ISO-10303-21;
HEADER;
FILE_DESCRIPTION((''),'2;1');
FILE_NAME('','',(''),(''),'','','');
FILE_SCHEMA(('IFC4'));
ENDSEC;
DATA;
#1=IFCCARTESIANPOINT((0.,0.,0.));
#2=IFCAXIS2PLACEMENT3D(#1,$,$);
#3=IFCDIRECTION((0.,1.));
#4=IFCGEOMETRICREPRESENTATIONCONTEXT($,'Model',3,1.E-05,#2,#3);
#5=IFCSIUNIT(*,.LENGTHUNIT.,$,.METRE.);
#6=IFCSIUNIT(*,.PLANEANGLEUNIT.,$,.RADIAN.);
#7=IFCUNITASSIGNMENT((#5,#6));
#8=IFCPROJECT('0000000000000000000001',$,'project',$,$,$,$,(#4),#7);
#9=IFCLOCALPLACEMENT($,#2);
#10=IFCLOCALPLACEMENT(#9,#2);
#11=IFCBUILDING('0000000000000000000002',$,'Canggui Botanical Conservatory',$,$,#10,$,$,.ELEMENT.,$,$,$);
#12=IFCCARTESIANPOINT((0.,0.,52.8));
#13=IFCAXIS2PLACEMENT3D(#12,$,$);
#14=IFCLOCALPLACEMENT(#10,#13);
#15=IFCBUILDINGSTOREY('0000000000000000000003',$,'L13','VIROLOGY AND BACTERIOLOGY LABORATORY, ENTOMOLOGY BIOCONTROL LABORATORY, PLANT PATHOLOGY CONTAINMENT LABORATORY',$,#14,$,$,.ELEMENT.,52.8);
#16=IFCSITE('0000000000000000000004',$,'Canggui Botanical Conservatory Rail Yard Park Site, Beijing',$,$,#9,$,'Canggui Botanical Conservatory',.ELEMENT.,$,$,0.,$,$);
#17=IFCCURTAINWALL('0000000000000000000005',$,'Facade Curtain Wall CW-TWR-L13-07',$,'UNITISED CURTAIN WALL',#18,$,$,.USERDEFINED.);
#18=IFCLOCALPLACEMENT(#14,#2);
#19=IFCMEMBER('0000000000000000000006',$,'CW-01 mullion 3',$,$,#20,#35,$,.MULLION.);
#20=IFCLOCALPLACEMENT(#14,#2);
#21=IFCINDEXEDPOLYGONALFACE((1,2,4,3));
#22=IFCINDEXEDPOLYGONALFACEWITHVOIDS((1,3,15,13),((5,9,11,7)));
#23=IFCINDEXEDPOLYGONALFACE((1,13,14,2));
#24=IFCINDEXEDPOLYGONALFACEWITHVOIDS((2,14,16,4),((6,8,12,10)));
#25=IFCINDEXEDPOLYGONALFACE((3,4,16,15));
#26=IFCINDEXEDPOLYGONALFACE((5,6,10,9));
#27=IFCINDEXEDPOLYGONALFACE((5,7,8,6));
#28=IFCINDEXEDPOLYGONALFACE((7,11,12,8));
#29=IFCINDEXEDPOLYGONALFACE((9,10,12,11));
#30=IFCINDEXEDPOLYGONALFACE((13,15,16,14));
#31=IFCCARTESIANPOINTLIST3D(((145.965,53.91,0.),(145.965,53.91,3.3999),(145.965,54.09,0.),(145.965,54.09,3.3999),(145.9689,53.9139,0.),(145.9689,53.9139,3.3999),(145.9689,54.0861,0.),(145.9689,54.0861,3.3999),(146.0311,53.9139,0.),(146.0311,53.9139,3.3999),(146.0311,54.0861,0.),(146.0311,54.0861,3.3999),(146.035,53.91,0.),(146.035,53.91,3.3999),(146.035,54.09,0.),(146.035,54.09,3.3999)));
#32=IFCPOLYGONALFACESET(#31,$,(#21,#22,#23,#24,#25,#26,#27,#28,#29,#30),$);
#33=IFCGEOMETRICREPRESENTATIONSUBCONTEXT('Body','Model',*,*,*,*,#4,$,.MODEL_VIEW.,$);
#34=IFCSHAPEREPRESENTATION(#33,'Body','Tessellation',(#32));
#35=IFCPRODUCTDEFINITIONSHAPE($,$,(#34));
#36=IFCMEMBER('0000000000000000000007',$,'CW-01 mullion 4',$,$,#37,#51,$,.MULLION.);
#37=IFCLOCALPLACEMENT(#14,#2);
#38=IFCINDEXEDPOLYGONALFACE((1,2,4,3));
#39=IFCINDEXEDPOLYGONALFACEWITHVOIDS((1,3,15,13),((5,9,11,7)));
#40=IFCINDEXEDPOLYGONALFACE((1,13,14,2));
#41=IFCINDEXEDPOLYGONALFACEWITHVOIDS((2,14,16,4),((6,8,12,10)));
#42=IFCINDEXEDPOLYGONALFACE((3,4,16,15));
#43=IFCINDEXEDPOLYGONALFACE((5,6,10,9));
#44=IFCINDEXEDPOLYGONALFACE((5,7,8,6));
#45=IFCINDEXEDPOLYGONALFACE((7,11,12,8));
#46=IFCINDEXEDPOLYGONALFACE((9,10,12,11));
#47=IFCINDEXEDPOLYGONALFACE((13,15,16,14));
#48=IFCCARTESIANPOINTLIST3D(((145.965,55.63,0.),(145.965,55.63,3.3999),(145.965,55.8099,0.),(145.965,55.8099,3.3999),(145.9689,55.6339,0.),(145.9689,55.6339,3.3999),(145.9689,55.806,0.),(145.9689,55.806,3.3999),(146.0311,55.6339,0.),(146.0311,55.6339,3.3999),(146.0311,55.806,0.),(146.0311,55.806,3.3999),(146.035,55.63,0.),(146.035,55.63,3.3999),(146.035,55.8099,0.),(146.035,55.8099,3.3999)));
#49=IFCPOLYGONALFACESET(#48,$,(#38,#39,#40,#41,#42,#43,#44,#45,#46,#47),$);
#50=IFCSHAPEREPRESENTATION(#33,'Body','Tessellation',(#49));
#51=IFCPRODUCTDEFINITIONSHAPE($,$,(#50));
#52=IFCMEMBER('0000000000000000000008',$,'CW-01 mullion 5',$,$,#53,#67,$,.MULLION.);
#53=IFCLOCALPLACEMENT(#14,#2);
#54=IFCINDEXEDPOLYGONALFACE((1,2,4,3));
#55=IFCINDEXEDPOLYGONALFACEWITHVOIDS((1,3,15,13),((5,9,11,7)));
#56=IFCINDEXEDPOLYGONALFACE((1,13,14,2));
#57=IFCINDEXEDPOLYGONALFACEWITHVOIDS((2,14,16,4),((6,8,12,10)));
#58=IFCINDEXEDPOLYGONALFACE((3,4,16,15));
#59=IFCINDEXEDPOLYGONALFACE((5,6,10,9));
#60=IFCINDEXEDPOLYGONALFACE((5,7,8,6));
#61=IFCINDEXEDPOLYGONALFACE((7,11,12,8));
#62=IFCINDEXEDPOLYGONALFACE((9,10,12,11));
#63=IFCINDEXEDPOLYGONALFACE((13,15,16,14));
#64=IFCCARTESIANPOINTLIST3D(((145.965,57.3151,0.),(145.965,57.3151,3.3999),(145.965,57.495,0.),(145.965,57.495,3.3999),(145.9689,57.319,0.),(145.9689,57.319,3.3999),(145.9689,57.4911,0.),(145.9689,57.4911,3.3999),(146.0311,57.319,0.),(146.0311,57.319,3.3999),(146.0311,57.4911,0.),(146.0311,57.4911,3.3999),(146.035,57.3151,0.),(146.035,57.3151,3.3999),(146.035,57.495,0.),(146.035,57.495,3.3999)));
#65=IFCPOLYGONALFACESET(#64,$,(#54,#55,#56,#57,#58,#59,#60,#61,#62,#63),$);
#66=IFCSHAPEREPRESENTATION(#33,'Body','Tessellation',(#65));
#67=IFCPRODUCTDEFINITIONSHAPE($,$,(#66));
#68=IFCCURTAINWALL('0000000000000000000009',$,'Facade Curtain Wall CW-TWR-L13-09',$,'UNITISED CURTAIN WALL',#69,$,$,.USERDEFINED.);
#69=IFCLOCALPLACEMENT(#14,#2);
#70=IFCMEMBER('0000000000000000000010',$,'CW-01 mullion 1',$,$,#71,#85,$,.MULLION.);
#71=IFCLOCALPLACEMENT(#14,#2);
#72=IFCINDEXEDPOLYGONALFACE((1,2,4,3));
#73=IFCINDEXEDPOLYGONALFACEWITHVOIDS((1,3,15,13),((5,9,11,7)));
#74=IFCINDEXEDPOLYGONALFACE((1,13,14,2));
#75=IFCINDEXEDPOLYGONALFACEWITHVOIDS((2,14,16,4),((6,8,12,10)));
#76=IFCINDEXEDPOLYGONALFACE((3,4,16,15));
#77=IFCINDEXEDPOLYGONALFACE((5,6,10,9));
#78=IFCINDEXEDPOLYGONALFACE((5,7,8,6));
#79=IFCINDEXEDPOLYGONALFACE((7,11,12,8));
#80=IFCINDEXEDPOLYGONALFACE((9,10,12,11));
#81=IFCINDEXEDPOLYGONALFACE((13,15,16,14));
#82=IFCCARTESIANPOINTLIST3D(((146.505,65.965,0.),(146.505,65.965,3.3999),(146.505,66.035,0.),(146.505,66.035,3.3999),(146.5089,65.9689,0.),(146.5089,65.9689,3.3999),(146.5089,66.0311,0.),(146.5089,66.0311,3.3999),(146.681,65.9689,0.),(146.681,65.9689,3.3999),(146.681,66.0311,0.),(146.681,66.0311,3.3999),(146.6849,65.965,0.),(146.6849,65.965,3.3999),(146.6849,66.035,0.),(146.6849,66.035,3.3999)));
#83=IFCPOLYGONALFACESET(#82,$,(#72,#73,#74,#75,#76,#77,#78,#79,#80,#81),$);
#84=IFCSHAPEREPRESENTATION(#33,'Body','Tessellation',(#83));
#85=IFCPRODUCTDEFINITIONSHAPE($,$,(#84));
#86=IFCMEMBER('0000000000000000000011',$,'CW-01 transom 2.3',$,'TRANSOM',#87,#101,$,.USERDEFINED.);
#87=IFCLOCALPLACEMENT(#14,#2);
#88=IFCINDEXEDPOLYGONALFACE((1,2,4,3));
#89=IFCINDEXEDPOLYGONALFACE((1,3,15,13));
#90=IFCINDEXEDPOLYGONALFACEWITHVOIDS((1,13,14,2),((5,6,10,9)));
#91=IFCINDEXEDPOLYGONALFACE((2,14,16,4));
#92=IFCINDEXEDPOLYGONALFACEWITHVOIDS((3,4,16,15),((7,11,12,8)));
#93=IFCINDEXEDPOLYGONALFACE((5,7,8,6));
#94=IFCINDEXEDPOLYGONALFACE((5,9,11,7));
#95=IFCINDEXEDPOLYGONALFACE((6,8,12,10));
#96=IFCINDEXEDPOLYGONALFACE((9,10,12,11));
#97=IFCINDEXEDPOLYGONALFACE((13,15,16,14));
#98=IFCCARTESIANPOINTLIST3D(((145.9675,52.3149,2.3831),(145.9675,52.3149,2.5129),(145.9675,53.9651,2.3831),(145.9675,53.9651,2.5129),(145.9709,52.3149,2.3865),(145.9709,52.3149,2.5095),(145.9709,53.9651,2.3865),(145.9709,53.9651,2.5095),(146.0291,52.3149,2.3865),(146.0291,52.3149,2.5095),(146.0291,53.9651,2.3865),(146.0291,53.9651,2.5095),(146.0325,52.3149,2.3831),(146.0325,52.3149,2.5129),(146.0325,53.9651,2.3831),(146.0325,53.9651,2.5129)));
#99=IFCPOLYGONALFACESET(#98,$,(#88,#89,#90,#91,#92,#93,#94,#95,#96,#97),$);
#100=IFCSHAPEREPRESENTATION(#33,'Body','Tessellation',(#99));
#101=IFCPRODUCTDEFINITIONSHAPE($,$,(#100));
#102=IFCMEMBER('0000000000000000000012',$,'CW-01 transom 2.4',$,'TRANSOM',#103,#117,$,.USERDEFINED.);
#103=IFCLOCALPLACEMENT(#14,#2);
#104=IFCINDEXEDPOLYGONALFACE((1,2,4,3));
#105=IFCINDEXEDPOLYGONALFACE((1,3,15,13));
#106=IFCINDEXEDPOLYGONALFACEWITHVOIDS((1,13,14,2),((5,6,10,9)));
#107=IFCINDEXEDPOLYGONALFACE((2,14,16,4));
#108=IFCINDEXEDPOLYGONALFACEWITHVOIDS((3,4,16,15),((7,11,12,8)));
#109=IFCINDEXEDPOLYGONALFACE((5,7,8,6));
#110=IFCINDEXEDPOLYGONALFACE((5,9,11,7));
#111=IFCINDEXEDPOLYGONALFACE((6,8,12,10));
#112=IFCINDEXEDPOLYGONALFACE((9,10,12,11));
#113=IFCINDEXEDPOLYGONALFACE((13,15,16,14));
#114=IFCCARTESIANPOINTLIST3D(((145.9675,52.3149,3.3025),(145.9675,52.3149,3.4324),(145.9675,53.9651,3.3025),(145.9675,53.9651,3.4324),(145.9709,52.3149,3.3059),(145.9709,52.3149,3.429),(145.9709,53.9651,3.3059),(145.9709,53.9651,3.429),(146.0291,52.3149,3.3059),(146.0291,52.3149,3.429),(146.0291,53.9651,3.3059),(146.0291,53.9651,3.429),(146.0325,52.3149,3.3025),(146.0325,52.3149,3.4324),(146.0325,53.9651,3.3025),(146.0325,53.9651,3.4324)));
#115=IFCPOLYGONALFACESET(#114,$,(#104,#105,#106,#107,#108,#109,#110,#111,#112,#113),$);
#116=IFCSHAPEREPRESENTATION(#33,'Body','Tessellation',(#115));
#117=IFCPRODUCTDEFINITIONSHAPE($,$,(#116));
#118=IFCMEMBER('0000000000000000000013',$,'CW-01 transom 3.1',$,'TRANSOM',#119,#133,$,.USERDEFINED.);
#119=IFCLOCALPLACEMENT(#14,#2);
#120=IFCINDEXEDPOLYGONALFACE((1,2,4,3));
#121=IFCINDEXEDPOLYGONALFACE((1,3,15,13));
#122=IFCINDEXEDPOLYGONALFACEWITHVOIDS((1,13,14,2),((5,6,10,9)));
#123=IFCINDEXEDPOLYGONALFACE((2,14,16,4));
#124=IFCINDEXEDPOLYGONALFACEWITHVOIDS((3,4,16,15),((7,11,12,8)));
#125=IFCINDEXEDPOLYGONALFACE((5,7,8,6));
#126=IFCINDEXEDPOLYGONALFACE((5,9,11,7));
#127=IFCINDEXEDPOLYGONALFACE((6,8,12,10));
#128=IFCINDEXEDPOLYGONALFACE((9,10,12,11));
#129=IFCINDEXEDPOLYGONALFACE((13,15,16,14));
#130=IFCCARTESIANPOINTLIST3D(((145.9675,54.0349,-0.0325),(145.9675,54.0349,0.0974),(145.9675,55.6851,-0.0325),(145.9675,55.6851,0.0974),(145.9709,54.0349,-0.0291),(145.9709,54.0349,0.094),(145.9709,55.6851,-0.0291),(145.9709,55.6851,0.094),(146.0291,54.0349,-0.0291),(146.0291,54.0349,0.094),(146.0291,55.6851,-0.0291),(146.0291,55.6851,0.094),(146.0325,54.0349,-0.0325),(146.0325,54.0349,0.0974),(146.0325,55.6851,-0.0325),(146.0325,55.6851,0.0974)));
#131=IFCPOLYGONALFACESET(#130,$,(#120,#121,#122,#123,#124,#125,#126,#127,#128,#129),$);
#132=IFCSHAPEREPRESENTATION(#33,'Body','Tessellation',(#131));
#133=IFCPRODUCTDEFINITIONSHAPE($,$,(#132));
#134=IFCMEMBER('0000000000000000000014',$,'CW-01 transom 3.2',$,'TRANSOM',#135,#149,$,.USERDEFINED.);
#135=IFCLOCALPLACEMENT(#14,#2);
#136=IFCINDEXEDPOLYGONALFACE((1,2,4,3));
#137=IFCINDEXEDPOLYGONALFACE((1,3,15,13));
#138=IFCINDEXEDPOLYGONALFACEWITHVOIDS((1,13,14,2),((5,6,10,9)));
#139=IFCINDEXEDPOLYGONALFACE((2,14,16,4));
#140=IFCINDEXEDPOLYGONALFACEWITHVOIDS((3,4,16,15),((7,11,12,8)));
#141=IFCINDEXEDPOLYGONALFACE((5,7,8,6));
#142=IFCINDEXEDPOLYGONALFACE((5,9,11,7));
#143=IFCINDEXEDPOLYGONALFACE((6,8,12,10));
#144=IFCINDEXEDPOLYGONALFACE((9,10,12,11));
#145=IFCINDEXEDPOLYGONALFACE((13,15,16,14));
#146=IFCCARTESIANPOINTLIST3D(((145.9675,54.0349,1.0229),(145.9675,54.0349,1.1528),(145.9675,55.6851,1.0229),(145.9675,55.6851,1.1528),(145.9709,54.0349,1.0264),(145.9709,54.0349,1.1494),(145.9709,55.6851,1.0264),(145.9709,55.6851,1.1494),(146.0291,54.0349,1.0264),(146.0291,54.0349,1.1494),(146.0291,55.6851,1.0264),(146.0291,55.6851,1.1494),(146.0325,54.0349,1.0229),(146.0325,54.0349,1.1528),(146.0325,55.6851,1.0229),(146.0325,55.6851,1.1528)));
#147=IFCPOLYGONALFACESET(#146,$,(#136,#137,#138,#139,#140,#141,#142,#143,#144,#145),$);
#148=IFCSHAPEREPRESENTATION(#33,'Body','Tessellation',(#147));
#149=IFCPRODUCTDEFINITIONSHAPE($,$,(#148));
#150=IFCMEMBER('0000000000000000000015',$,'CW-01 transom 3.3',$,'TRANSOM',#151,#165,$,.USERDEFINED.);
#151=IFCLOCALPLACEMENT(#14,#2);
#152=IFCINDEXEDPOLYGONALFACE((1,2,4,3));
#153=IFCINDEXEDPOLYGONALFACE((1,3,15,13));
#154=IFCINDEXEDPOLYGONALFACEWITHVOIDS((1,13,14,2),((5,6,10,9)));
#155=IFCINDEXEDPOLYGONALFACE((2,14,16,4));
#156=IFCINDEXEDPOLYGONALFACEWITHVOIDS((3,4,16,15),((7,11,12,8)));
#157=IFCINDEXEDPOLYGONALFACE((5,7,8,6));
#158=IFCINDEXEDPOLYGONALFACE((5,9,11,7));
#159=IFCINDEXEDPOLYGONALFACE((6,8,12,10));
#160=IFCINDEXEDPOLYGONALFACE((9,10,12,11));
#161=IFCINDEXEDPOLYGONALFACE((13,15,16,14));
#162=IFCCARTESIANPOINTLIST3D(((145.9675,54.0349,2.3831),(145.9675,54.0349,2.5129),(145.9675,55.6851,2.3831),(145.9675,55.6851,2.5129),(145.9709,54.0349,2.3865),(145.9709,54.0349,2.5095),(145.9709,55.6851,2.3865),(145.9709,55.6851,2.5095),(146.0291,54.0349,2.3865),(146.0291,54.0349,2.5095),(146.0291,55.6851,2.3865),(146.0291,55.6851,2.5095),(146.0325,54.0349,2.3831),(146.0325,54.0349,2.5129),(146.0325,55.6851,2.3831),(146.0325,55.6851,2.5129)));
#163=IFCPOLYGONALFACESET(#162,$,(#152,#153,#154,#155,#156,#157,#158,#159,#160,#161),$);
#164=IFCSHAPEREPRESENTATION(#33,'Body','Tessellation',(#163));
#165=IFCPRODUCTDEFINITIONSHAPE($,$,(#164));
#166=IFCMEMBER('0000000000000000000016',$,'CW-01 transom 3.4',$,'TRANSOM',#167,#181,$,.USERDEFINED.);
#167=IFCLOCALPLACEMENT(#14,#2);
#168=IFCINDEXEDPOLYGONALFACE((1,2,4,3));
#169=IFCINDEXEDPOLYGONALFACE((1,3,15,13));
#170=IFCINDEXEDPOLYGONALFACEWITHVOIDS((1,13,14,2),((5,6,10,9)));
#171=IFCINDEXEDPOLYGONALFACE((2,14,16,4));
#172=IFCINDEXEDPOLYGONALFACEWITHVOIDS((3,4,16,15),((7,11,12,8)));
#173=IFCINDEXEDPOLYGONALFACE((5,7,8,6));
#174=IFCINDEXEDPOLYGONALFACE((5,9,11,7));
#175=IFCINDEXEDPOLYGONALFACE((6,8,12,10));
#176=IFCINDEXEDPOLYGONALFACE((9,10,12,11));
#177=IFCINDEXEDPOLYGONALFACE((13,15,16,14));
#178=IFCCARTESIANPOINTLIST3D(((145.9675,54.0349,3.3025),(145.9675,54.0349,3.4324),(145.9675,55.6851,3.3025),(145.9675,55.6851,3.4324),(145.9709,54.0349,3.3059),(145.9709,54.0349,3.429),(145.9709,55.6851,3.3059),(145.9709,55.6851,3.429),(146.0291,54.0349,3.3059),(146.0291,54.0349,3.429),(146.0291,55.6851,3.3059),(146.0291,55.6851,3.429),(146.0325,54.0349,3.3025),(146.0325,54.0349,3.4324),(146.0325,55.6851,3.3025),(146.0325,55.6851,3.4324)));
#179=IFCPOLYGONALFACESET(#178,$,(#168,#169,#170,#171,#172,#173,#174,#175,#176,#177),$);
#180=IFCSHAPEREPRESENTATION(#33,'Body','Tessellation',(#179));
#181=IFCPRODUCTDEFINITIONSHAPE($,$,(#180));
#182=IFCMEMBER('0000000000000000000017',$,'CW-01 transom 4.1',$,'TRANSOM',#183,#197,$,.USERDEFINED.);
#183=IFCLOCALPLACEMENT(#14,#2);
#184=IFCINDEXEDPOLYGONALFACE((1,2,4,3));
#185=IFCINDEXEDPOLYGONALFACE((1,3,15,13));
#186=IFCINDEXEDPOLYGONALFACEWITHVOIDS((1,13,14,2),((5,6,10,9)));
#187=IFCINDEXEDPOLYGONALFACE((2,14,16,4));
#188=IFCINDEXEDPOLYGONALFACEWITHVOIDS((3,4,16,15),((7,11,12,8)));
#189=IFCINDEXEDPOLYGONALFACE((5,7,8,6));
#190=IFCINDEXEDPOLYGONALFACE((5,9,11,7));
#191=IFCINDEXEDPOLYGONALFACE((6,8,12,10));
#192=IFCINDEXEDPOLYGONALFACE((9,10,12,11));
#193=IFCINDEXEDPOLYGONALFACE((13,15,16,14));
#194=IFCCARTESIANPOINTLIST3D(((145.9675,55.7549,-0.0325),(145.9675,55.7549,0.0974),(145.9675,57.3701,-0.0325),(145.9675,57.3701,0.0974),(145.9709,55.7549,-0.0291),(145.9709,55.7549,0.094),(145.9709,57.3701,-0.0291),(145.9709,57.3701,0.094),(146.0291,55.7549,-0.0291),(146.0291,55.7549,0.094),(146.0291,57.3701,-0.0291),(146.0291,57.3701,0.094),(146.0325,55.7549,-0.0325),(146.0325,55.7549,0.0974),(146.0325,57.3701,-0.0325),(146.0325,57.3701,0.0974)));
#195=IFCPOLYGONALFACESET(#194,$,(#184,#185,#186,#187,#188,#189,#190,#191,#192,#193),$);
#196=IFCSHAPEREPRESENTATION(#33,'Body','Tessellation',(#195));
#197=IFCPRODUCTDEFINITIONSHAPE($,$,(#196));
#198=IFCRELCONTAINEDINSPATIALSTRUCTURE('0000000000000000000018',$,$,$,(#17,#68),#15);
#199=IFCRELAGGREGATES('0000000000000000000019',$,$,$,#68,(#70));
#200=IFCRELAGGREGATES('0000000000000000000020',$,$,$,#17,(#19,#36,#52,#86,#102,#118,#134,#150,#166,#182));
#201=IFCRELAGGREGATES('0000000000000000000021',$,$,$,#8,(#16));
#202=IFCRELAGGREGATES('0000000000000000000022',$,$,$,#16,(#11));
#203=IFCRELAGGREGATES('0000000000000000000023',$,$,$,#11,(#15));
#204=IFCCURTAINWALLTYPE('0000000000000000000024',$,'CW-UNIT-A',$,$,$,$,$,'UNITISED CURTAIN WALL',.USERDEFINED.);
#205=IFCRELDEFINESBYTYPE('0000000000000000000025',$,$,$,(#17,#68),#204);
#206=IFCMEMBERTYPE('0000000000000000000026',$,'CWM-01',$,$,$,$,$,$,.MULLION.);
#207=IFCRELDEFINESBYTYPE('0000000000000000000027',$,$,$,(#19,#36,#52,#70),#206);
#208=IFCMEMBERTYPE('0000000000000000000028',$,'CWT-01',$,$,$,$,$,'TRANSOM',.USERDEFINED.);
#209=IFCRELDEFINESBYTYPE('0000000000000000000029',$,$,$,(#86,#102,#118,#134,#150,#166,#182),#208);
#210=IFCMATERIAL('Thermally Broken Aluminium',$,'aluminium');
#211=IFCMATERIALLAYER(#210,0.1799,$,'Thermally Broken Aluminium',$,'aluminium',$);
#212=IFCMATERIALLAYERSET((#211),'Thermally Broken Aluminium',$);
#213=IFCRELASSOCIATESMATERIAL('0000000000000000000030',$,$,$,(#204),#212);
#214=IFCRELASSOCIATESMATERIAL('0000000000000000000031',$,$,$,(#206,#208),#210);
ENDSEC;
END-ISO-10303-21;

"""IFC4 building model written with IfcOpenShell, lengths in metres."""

from ifc_helpers import new_model, si_unit, direction, frame, origin, origin_2d, place, context, subcontext, project, spatial, hollow_rectangle, extrude, material, layer, layer_set, material_profile, profile_set, type_object, element, aggregate, save


model = new_model("IFC4")

# Units and contexts
model_context = context("Model", 3, precision=1e-05, world=origin(), true_north=direction((0.0, 1.0)))
body_context = subcontext(model_context, "Body", "Model", "MODEL_VIEW")
ifc_project = project(units=[si_unit("LENGTHUNIT", "METRE"), si_unit("PLANEANGLEUNIT", "RADIAN")], contexts=[model_context])

# Site, building, storey
site_placement = place(None, origin())
site = spatial("IfcSite", under=ifc_project, at=site_placement, Name="Canggui Botanical Conservatory Rail Yard Park Site, Beijing", LongName="Canggui Botanical Conservatory", CompositionType="ELEMENT", RefElevation=0.0)
building_placement = place(site_placement, origin())
building = spatial("IfcBuilding", under=site, at=building_placement, Name="Canggui Botanical Conservatory", CompositionType="ELEMENT")
storey_placement = place(building_placement, frame((0.0, 0.0, 52.8)))
storey = spatial("IfcBuildingStorey", under=building, at=storey_placement, Name="L13", Description="VIROLOGY AND BACTERIOLOGY LABORATORY, ENTOMOLOGY BIOCONTROL LABORATORY, PLANT PATHOLOGY CONTAINMENT LABORATORY", CompositionType="ELEMENT", Elevation=52.8)

# Curtain wall, members
ifc_material_1 = material(Name="Thermally Broken Aluminium", Category="aluminium")
ifc_layer_1 = layer(ifc_material_1, 0.1799, Name="Thermally Broken Aluminium", Category="aluminium")
ifc_layer_set_1 = layer_set([ifc_layer_1], Name="Thermally Broken Aluminium")
curtain_wall_type = type_object("IfcCurtainWallType", Name="CW-UNIT-A", ElementType="UNITISED CURTAIN WALL", PredefinedType="USERDEFINED", material=ifc_layer_set_1)
curtain_wall_1_placement = place(storey_placement, origin())
curtain_wall_1 = element("IfcCurtainWall", 1, at=curtain_wall_1_placement, inside=storey, type_object=curtain_wall_type, Name="Facade Curtain Wall CW-TWR-L13-07", ObjectType="UNITISED CURTAIN WALL", PredefinedType="USERDEFINED")
ifc_material_profile_1 = material_profile(ifc_material_1, hollow_rectangle(XDim=0.0701, YDim=0.1799, WallThickness=0.0039, at=origin_2d()), Name="CWM 70x180x4")
ifc_profile_set_1 = profile_set([ifc_material_profile_1], Name="Thermally Broken Aluminium")
member_type_1 = type_object("IfcMemberType", Name="CWM-01", PredefinedType="MULLION", material=ifc_profile_set_1)
member_1_placement = place(storey_placement, frame((146.0, 54.0, 0.0), z_axis=(0.0, 0.0, 1.0), x_axis=(-1.0, 0.0, 0.0)))
member_1 = element("IfcMember", 2, at=member_1_placement, type_object=member_type_1, Name="CW-01 mullion 3", PredefinedType="MULLION", context=body_context, shape_type="SweptSolid", body=[
    extrude(hollow_rectangle(XDim=0.0701, YDim=0.1799, WallThickness=0.0039, at=origin_2d()), origin(), (0.0, 0.0, 1.0), 3.3999),
])
member_2_placement = place(storey_placement, frame((146.0, 55.72, 0.0), z_axis=(0.0, 0.0, 1.0), x_axis=(-1.0, 0.0, 0.0)))
member_2 = element("IfcMember", 3, at=member_2_placement, type_object=member_type_1, Name="CW-01 mullion 4", PredefinedType="MULLION", context=body_context, shape_type="SweptSolid", body=[
    extrude(hollow_rectangle(XDim=0.0701, YDim=0.1799, WallThickness=0.0039, at=origin_2d()), origin(), (0.0, 0.0, 1.0), 3.3999),
])
member_3_placement = place(storey_placement, frame((146.0, 57.405, 0.0), z_axis=(0.0, 0.0, 1.0), x_axis=(-1.0, 0.0, 0.0)))
member_3 = element("IfcMember", 4, at=member_3_placement, type_object=member_type_1, Name="CW-01 mullion 5", PredefinedType="MULLION", context=body_context, shape_type="SweptSolid", body=[
    extrude(hollow_rectangle(XDim=0.0701, YDim=0.1799, WallThickness=0.0039, at=origin_2d()), origin(), (0.0, 0.0, 1.0), 3.3999),
])

# Curtain wall, member
curtain_wall_2_placement = place(storey_placement, origin())
curtain_wall_2 = element("IfcCurtainWall", 5, at=curtain_wall_2_placement, inside=storey, type_object=curtain_wall_type, Name="Facade Curtain Wall CW-TWR-L13-09", ObjectType="UNITISED CURTAIN WALL", PredefinedType="USERDEFINED")
member_4_placement = place(storey_placement, frame((146.595, 66.0, 0.0), z_axis=(0.0, 0.0, 1.0), x_axis=(0.0, 1.0, 0.0)))
member_4 = element("IfcMember", 6, at=member_4_placement, type_object=member_type_1, Name="CW-01 mullion 1", PredefinedType="MULLION", context=body_context, shape_type="SweptSolid", body=[
    extrude(hollow_rectangle(XDim=0.0701, YDim=0.1799, WallThickness=0.0039, at=origin_2d()), origin(), (0.0, 0.0, 1.0), 3.3999),
])
aggregate(curtain_wall_2, [member_4])

# Members
ifc_material_profile_2 = material_profile(ifc_material_1, hollow_rectangle(XDim=0.0649, YDim=0.1299, WallThickness=0.0034, at=origin_2d()), Name="CWT 65x130x3.5")
ifc_profile_set_2 = profile_set([ifc_material_profile_2], Name="Thermally Broken Aluminium")
member_type_2 = type_object("IfcMemberType", Name="CWT-01", ElementType="TRANSOM", PredefinedType="USERDEFINED", material=ifc_profile_set_2)
member_5_placement = place(storey_placement, frame((146.0, 52.3149, 2.448), z_axis=(0.0, 1.0, 0.0), x_axis=(-1.0, 0.0, 0.0)))
member_5 = element("IfcMember", 7, at=member_5_placement, type_object=member_type_2, Name="CW-01 transom 2.3", ObjectType="TRANSOM", PredefinedType="USERDEFINED", context=body_context, shape_type="SweptSolid", body=[
    extrude(hollow_rectangle(XDim=0.0649, YDim=0.1299, WallThickness=0.0034, at=origin_2d()), origin(), (0.0, 0.0, 1.0), 1.6501),
])
member_6_placement = place(storey_placement, frame((146.0, 52.3149, 3.3674), z_axis=(0.0, 1.0, 0.0), x_axis=(-1.0, 0.0, 0.0)))
member_6 = element("IfcMember", 8, at=member_6_placement, type_object=member_type_2, Name="CW-01 transom 2.4", ObjectType="TRANSOM", PredefinedType="USERDEFINED", context=body_context, shape_type="SweptSolid", body=[
    extrude(hollow_rectangle(XDim=0.0649, YDim=0.1299, WallThickness=0.0034, at=origin_2d()), origin(), (0.0, 0.0, 1.0), 1.6501),
])
member_7_placement = place(storey_placement, frame((146.0, 54.0349, 0.0325), z_axis=(0.0, 1.0, 0.0), x_axis=(-1.0, 0.0, 0.0)))
member_7 = element("IfcMember", 9, at=member_7_placement, type_object=member_type_2, Name="CW-01 transom 3.1", ObjectType="TRANSOM", PredefinedType="USERDEFINED", context=body_context, shape_type="SweptSolid", body=[
    extrude(hollow_rectangle(XDim=0.0649, YDim=0.1299, WallThickness=0.0034, at=origin_2d()), origin(), (0.0, 0.0, 1.0), 1.6501),
])
member_8_placement = place(storey_placement, frame((146.0, 54.0349, 1.0879), z_axis=(0.0, 1.0, 0.0), x_axis=(-1.0, 0.0, 0.0)))
member_8 = element("IfcMember", 10, at=member_8_placement, type_object=member_type_2, Name="CW-01 transom 3.2", ObjectType="TRANSOM", PredefinedType="USERDEFINED", context=body_context, shape_type="SweptSolid", body=[
    extrude(hollow_rectangle(XDim=0.0649, YDim=0.1299, WallThickness=0.0034, at=origin_2d()), origin(), (0.0, 0.0, 1.0), 1.6501),
])
member_9_placement = place(storey_placement, frame((146.0, 54.0349, 2.448), z_axis=(0.0, 1.0, 0.0), x_axis=(-1.0, 0.0, 0.0)))
member_9 = element("IfcMember", 11, at=member_9_placement, type_object=member_type_2, Name="CW-01 transom 3.3", ObjectType="TRANSOM", PredefinedType="USERDEFINED", context=body_context, shape_type="SweptSolid", body=[
    extrude(hollow_rectangle(XDim=0.0649, YDim=0.1299, WallThickness=0.0034, at=origin_2d()), origin(), (0.0, 0.0, 1.0), 1.6501),
])
member_10_placement = place(storey_placement, frame((146.0, 54.0349, 3.3674), z_axis=(0.0, 1.0, 0.0), x_axis=(-1.0, 0.0, 0.0)))
member_10 = element("IfcMember", 12, at=member_10_placement, type_object=member_type_2, Name="CW-01 transom 3.4", ObjectType="TRANSOM", PredefinedType="USERDEFINED", context=body_context, shape_type="SweptSolid", body=[
    extrude(hollow_rectangle(XDim=0.0649, YDim=0.1299, WallThickness=0.0034, at=origin_2d()), origin(), (0.0, 0.0, 1.0), 1.6501),
])
member_11_placement = place(storey_placement, frame((146.0, 55.7549, 0.0325), z_axis=(0.0, 1.0, 0.0), x_axis=(-1.0, 0.0, 0.0)))
member_11 = element("IfcMember", 13, at=member_11_placement, type_object=member_type_2, Name="CW-01 transom 4.1", ObjectType="TRANSOM", PredefinedType="USERDEFINED", context=body_context, shape_type="SweptSolid", body=[
    extrude(hollow_rectangle(XDim=0.0649, YDim=0.1299, WallThickness=0.0034, at=origin_2d()), origin(), (0.0, 0.0, 1.0), 1.6152),
])

aggregate(curtain_wall_1, [member_1, member_2, member_3, member_5, member_6, member_7, member_8, member_9, member_10, member_11])

save(model, "model.ifc")
